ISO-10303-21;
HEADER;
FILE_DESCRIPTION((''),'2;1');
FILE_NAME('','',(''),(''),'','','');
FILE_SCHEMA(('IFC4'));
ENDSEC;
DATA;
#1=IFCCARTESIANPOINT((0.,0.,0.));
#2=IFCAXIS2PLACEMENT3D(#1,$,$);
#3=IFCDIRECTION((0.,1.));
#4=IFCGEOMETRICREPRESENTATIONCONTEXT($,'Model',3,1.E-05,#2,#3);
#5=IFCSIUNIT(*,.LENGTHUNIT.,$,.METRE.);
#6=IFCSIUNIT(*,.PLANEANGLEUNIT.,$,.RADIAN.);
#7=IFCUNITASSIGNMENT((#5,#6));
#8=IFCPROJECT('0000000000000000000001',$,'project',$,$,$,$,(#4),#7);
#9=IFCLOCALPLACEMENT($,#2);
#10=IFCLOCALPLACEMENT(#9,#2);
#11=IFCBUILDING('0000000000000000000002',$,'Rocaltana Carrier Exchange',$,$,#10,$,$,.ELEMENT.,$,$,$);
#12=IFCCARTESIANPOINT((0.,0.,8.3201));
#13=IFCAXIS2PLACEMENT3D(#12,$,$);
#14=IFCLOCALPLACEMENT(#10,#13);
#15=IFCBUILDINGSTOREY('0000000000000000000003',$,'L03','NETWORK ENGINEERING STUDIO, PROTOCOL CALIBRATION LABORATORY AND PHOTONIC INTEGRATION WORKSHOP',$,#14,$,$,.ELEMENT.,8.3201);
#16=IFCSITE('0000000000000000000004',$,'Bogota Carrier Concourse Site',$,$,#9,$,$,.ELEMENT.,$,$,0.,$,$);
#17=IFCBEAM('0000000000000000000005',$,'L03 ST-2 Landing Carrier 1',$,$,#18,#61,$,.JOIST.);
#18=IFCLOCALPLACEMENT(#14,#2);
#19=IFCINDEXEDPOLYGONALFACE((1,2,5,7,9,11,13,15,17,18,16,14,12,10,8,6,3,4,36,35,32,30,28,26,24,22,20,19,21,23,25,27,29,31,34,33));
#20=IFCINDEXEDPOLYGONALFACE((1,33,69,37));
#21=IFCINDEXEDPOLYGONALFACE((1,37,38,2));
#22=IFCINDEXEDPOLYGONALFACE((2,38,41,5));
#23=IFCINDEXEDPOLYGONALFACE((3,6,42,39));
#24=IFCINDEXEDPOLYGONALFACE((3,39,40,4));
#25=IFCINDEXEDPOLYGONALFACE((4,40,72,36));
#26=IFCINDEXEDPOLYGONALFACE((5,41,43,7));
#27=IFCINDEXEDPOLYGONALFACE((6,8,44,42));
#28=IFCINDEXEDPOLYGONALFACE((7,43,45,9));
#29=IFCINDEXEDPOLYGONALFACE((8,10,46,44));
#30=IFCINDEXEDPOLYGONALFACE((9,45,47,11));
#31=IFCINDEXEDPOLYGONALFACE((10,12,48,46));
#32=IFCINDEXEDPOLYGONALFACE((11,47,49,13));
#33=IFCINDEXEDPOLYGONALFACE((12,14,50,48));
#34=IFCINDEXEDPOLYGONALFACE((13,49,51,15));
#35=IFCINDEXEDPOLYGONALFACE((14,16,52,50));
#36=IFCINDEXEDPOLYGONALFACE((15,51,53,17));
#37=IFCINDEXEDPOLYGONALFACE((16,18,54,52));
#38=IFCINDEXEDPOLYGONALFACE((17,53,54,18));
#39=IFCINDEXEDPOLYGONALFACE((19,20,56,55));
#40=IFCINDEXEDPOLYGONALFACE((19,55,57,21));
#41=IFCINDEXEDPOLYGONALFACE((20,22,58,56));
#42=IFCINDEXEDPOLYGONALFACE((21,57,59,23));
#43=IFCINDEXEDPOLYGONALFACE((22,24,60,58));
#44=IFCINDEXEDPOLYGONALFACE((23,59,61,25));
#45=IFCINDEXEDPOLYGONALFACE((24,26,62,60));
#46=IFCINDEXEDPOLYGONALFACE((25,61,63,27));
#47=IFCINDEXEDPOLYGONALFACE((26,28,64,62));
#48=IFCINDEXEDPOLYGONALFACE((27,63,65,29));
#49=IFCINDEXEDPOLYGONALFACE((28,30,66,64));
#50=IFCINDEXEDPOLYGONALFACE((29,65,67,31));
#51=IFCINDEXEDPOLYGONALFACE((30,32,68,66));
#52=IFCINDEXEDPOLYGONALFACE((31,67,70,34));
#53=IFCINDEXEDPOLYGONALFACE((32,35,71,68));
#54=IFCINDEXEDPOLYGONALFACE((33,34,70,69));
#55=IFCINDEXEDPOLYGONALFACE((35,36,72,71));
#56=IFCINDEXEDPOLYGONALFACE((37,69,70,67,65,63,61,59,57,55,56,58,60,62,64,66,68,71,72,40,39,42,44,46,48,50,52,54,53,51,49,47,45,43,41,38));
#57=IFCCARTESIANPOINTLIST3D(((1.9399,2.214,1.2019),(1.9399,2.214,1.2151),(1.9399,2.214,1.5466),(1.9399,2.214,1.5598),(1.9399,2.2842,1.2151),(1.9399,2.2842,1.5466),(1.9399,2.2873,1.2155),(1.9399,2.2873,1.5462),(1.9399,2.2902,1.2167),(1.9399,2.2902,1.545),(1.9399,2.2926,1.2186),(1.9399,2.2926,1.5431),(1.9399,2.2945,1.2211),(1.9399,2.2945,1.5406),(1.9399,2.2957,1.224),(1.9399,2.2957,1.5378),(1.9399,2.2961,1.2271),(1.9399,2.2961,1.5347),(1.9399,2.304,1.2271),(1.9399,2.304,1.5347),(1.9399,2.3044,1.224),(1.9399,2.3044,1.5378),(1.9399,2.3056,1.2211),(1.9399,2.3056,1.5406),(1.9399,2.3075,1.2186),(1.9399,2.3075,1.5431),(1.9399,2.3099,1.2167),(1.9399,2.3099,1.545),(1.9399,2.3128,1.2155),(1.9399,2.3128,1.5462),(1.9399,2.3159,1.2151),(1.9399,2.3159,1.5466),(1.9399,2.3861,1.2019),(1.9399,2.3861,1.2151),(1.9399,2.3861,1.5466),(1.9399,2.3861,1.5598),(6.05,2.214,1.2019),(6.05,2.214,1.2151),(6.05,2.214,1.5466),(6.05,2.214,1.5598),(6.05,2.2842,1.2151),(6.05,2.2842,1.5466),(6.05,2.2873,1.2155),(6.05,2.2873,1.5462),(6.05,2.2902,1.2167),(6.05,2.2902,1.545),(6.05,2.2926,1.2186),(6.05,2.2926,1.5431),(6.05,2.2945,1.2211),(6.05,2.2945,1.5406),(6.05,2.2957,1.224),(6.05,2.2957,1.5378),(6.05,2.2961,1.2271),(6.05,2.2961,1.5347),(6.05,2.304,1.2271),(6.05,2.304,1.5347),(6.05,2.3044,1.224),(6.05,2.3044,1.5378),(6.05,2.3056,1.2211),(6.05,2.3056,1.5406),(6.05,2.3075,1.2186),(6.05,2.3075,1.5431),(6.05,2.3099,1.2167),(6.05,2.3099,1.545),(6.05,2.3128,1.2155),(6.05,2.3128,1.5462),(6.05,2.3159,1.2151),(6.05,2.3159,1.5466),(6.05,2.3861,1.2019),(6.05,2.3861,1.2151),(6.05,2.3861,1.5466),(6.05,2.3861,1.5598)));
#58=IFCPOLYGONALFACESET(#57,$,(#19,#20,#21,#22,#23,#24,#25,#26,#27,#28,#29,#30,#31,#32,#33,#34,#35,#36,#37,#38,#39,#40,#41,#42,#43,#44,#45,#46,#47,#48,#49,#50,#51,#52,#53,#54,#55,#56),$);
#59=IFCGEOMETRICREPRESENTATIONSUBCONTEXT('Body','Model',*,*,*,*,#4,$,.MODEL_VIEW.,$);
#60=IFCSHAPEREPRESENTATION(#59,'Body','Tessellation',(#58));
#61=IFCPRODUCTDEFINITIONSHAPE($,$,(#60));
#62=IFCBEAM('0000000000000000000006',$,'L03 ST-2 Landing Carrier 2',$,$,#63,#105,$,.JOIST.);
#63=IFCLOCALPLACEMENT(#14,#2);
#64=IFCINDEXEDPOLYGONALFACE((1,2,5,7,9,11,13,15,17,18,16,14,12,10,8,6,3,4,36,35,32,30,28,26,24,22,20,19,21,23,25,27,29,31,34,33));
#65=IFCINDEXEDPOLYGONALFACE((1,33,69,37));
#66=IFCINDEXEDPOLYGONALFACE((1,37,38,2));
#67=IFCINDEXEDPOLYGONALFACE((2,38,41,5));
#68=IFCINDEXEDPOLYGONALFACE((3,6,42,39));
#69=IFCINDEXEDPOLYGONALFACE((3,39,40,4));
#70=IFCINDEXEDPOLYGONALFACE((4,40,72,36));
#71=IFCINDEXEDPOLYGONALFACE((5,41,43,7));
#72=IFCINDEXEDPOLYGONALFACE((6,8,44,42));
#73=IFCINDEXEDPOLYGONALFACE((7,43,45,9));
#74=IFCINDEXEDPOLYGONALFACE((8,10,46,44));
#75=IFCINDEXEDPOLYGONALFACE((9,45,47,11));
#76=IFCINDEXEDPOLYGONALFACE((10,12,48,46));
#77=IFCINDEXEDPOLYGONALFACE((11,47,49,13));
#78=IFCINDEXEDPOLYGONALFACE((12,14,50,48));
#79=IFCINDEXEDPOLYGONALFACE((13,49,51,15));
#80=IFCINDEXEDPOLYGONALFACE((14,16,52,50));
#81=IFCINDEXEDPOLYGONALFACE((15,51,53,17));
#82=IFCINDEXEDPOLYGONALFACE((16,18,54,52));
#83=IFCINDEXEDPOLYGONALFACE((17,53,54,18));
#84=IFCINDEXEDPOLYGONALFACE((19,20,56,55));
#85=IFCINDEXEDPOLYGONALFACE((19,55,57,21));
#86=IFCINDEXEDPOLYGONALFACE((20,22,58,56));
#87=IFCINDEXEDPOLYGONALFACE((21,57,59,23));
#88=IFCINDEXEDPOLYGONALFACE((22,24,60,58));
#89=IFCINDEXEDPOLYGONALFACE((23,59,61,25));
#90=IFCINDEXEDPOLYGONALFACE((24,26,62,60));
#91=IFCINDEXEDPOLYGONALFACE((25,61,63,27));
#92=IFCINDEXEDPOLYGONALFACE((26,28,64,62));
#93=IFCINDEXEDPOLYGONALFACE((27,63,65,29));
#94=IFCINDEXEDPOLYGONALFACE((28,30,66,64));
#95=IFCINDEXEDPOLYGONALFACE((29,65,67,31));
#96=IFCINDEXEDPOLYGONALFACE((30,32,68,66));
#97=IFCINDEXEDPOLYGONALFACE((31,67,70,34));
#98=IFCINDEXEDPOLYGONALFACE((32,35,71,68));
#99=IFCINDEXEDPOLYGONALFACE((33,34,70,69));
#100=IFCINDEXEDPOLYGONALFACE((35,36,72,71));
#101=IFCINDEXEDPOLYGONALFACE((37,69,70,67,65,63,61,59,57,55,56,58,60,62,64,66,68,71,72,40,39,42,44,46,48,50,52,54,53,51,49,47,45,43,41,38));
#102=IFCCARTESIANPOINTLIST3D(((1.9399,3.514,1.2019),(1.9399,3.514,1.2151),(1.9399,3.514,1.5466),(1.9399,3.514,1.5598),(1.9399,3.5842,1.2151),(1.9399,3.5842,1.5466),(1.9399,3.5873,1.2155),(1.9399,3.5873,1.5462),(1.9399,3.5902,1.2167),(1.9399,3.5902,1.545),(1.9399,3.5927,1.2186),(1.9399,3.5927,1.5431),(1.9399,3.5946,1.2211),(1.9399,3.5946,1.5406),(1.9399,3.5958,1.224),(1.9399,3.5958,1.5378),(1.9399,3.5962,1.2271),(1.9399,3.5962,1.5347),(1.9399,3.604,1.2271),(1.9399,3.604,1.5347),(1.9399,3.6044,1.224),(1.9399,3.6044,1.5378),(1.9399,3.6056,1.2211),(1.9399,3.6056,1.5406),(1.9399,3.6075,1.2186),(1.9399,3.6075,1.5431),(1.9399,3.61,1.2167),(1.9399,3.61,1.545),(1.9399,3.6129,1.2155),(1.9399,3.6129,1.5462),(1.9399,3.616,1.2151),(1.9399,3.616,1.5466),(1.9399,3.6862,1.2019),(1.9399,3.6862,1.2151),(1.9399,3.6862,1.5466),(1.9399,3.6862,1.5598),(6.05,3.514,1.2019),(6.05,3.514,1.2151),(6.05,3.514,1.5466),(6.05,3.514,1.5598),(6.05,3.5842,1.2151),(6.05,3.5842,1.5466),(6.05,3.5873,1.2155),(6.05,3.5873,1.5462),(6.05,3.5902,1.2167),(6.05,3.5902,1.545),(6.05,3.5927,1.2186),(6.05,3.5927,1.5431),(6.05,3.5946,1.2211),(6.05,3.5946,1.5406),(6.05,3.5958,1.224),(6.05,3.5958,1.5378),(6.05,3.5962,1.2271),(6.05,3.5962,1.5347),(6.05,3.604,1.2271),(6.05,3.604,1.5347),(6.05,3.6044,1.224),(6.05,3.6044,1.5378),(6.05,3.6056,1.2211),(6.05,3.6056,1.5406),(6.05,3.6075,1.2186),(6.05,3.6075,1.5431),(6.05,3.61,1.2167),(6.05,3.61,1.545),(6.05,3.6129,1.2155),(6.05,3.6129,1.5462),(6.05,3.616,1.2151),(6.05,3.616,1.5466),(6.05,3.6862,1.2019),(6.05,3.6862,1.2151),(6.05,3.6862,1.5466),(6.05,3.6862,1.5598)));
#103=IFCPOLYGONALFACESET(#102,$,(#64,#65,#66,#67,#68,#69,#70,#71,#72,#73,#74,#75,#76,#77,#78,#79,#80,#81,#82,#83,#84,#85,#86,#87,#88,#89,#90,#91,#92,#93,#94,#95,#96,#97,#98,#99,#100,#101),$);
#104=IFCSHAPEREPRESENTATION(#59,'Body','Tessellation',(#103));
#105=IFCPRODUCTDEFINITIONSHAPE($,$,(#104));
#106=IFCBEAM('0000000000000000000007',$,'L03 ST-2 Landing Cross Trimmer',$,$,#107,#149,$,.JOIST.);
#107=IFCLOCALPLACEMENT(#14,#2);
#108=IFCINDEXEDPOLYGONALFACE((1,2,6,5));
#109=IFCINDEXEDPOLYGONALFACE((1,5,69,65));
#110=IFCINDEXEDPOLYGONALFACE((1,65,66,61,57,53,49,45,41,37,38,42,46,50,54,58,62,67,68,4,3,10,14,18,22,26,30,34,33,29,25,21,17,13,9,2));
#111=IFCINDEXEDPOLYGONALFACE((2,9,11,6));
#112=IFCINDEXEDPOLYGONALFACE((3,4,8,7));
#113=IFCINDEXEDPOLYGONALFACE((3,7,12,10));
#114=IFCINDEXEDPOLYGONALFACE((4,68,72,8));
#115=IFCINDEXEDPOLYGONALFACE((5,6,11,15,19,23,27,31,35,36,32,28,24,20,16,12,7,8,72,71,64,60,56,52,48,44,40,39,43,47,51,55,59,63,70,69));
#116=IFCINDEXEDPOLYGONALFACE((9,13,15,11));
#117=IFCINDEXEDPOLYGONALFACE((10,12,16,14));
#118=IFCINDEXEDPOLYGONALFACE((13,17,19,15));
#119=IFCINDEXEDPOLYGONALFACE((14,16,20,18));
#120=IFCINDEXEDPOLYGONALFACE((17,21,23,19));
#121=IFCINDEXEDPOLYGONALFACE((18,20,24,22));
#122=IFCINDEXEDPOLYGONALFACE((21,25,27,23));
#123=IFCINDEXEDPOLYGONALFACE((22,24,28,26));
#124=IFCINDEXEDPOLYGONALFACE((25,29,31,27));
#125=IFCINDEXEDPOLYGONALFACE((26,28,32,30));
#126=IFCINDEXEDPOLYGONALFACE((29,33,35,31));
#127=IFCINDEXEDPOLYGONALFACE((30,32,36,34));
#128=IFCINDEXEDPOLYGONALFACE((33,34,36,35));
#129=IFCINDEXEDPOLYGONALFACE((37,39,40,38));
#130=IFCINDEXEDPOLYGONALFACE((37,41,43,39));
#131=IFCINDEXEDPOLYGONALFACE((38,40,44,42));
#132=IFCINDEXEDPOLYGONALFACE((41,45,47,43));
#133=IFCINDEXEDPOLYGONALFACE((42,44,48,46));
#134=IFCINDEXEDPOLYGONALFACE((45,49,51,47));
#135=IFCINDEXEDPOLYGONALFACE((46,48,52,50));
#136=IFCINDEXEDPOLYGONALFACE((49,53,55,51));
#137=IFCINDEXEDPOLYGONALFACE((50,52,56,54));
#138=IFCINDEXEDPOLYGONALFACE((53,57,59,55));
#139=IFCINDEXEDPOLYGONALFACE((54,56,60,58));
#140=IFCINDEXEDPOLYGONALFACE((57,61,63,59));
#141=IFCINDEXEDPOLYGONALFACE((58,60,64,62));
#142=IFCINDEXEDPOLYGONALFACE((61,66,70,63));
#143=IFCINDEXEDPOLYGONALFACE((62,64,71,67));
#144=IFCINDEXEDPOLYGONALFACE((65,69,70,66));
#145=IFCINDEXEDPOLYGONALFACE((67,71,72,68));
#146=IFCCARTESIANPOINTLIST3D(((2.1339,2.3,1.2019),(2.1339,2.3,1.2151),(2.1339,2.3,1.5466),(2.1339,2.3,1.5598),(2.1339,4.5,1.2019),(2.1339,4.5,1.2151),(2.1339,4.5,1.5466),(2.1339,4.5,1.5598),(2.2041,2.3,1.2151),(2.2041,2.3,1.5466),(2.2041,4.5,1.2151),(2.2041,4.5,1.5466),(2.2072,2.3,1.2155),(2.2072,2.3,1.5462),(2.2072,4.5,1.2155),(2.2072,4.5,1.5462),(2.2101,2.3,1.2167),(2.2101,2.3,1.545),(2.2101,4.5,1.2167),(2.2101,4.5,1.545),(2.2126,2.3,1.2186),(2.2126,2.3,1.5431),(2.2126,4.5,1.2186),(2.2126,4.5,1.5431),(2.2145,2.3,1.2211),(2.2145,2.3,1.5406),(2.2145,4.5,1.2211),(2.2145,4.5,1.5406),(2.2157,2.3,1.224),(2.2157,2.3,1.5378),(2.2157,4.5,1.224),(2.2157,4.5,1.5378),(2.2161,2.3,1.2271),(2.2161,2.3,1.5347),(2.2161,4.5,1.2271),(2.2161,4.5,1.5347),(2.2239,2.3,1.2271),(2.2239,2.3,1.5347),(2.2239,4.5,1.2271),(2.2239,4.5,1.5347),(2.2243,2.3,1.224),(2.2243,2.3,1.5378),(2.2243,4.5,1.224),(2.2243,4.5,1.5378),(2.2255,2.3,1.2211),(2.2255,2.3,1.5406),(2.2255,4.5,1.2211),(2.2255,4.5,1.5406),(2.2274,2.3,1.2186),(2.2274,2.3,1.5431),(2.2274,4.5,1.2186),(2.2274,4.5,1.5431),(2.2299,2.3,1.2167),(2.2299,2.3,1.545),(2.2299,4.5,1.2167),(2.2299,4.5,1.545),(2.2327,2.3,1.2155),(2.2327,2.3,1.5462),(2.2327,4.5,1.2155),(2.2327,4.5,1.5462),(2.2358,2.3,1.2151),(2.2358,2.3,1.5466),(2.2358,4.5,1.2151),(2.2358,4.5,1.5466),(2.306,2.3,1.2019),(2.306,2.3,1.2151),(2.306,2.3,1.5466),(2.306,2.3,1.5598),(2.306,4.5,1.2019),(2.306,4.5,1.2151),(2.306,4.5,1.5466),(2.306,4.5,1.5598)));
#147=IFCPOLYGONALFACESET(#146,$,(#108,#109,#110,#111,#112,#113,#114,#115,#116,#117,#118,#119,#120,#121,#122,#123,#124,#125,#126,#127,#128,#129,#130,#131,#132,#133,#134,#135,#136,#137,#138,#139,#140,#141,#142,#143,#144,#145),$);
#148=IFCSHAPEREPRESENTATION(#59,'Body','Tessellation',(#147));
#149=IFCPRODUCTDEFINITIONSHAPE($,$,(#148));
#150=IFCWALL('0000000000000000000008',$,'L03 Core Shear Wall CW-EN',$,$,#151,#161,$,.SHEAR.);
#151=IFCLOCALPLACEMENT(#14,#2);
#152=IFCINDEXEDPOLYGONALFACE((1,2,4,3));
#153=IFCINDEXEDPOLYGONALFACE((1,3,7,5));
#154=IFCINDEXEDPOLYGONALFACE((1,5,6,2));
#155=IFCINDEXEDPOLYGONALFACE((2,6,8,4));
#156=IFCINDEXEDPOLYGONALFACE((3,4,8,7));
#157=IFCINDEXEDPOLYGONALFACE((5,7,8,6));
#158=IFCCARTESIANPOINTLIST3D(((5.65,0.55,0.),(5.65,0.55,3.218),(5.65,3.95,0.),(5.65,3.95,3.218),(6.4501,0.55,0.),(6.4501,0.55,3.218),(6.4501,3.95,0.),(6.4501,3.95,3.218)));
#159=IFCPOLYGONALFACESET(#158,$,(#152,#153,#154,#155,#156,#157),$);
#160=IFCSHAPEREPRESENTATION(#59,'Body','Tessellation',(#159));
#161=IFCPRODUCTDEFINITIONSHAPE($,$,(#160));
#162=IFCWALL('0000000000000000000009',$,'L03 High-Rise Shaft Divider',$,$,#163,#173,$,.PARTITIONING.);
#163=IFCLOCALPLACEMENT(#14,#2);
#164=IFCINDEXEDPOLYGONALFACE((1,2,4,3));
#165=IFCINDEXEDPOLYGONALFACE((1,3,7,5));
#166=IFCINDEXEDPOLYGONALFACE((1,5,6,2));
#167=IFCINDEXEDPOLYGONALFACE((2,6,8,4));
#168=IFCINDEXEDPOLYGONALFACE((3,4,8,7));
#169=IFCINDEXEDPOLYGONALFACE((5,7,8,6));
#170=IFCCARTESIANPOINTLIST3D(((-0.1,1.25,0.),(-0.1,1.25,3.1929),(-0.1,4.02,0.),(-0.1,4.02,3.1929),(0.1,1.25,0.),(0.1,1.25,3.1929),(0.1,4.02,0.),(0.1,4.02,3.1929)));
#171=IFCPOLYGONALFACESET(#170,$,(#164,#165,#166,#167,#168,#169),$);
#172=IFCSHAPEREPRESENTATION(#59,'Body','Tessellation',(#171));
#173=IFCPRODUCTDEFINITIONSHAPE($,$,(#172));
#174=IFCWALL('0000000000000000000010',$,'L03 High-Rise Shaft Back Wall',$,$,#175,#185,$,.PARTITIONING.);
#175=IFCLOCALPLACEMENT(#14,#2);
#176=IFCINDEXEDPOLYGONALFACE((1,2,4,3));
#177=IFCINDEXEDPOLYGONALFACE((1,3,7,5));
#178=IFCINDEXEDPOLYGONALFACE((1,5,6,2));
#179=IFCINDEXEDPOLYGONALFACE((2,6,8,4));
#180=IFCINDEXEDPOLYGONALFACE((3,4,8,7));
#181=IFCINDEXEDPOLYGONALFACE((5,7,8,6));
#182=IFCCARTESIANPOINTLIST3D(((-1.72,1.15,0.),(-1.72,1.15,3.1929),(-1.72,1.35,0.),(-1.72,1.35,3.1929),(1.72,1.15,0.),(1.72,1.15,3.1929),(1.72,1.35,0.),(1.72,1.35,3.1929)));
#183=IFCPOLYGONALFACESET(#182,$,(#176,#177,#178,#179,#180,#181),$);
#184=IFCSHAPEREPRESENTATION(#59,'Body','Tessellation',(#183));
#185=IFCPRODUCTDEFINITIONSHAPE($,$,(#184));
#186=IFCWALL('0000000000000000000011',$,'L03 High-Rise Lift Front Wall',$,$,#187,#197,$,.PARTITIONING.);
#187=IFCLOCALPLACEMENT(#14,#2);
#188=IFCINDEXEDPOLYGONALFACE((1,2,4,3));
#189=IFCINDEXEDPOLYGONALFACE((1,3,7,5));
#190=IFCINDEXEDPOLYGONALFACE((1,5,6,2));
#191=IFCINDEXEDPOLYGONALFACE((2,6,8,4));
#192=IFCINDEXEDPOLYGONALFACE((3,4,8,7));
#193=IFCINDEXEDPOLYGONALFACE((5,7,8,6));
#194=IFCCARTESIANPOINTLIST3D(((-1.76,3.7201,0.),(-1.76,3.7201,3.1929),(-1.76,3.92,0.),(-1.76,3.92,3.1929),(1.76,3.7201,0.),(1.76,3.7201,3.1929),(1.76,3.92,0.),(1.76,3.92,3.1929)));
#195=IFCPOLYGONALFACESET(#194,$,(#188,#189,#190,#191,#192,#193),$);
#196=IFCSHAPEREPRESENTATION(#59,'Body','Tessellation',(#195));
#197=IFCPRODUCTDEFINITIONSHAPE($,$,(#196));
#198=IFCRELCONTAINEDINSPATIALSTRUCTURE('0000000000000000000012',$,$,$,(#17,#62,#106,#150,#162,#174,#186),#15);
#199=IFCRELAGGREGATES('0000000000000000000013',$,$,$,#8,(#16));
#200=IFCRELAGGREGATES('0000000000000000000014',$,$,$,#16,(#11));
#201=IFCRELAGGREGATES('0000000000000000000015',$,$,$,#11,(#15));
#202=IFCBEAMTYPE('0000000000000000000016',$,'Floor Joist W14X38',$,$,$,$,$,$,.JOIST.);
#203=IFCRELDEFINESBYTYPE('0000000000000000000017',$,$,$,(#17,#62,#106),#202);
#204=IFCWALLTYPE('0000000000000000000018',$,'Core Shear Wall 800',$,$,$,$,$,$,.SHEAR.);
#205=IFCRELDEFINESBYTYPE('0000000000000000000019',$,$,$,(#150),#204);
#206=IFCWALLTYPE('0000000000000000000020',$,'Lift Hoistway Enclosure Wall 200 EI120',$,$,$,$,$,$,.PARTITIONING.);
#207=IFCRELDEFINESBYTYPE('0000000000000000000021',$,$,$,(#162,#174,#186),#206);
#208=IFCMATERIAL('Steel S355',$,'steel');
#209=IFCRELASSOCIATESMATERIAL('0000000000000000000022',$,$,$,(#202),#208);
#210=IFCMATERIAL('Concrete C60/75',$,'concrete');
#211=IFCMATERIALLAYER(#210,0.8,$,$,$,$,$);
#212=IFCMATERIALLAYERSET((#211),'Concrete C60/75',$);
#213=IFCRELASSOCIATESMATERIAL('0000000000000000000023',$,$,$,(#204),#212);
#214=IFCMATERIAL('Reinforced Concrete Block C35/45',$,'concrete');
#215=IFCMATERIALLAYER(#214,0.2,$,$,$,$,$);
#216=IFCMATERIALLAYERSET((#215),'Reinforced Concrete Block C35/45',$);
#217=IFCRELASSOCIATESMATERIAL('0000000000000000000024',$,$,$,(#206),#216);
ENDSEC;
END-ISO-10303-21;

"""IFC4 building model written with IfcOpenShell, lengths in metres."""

from ifc_helpers import new_model, si_unit, direction, frame, frame_2d, origin, origin_2d, place, context, subcontext, project, spatial, rectangle, i_section, extrude, material, layer, layer_set, material_profile, profile_set, type_object, element, save


model = new_model("IFC4")

# Units and contexts
model_context = context("Model", 3, precision=1e-05, world=origin(), true_north=direction((0.0, 1.0)))
body_context = subcontext(model_context, "Body", "Model", "MODEL_VIEW")
ifc_project = project(units=[si_unit("LENGTHUNIT", "METRE"), si_unit("PLANEANGLEUNIT", "RADIAN")], contexts=[model_context])

# Site, building, storey
site_placement = place(None, origin())
site = spatial("IfcSite", under=ifc_project, at=site_placement, Name="Bogota Carrier Concourse Site", CompositionType="ELEMENT", RefElevation=0.0)
building_placement = place(site_placement, origin())
building = spatial("IfcBuilding", under=site, at=building_placement, Name="Rocaltana Carrier Exchange", CompositionType="ELEMENT")
storey_placement = place(building_placement, frame((0.0, 0.0, 8.3201)))
storey = spatial("IfcBuildingStorey", under=building, at=storey_placement, Name="L03", Description="NETWORK ENGINEERING STUDIO, PROTOCOL CALIBRATION LABORATORY AND PHOTONIC INTEGRATION WORKSHOP", CompositionType="ELEMENT", Elevation=8.3201)

# Beams
ifc_material_1 = material(Name="Steel S355", Category="steel")
ifc_material_profile = material_profile(ifc_material_1, i_section(OverallWidth=0.1721, OverallDepth=0.3579, WebThickness=0.0078, FlangeThickness=0.0132, FilletRadius=0.012, at=origin_2d()), Name="W14X38")
ifc_profile_set = profile_set([ifc_material_profile], Name="Steel S355")
beam_type = type_object("IfcBeamType", Name="Floor Joist W14X38", PredefinedType="JOIST", material=ifc_profile_set)
for number, where, z_axis, x_axis, name in (
    (1, (1.9399, 2.3, 1.3809), (1.0, 0.0, 0.0), (0.0, 1.0, 0.0), "L03 ST-2 Landing Carrier 1"),
    (2, (1.9399, 3.6001, 1.3809), (1.0, 0.0, 0.0), (0.0, 1.0, 0.0), "L03 ST-2 Landing Carrier 2"),
):
    element("IfcBeam", number, at=place(storey_placement, frame(where, z_axis=z_axis, x_axis=x_axis)), inside=storey, type_object=beam_type, Name=name, PredefinedType="JOIST", context=body_context, shape_type="SweptSolid", body=[
        extrude(i_section(OverallWidth=0.1721, OverallDepth=0.3579, WebThickness=0.0078, FlangeThickness=0.0132, FilletRadius=0.012, at=origin_2d()), origin(), (0.0, 0.0, 1.0), 4.1101),
    ])
beam_placement = place(storey_placement, frame((2.22, 2.3, 1.3809), z_axis=(0.0, 1.0, 0.0), x_axis=(-1.0, 0.0, 0.0)))
element("IfcBeam", 3, at=beam_placement, inside=storey, type_object=beam_type, Name="L03 ST-2 Landing Cross Trimmer", PredefinedType="JOIST", context=body_context, shape_type="SweptSolid", body=[
    extrude(i_section(OverallWidth=0.1721, OverallDepth=0.3579, WebThickness=0.0078, FlangeThickness=0.0132, FilletRadius=0.012, at=origin_2d()), origin(), (0.0, 0.0, 1.0), 2.2),
])

# Walls
ifc_material_2 = material(Name="Concrete C60/75", Category="concrete")
ifc_layer_1 = layer(ifc_material_2, 0.8)
ifc_layer_set_1 = layer_set([ifc_layer_1], Name="Concrete C60/75")
wall_type_1 = type_object("IfcWallType", Name="Core Shear Wall 800", PredefinedType="SHEAR", material=ifc_layer_set_1)
wall_1_placement = place(storey_placement, frame((6.05, 0.55, 0.0), z_axis=(0.0, 0.0, 1.0), x_axis=(0.0, 1.0, 0.0)))
element("IfcWall", 4, at=wall_1_placement, inside=storey, type_object=wall_type_1, Name="L03 Core Shear Wall CW-EN", PredefinedType="SHEAR", context=body_context, shape_type="SweptSolid", body=[
    extrude(rectangle(XDim=3.3999, YDim=0.8, at=frame_2d((1.7, 0.0))), origin(), (0.0, 0.0, 1.0), 3.218),
])
ifc_material_3 = material(Name="Reinforced Concrete Block C35/45", Category="concrete")
ifc_layer_2 = layer(ifc_material_3, 0.2)
ifc_layer_set_2 = layer_set([ifc_layer_2], Name="Reinforced Concrete Block C35/45")
wall_type_2 = type_object("IfcWallType", Name="Lift Hoistway Enclosure Wall 200 EI120", PredefinedType="PARTITIONING", material=ifc_layer_set_2)
wall_2_placement = place(storey_placement, frame((0.0, 1.25, 0.0), z_axis=(0.0, 0.0, 1.0), x_axis=(0.0, 1.0, 0.0)))
element("IfcWall", 5, at=wall_2_placement, inside=storey, type_object=wall_type_2, Name="L03 High-Rise Shaft Divider", PredefinedType="PARTITIONING", context=body_context, shape_type="SweptSolid", body=[
    extrude(rectangle(XDim=2.77, YDim=0.2, at=frame_2d((1.385, 0.0))), origin(), (0.0, 0.0, 1.0), 3.1929),
])
wall_3_placement = place(storey_placement, frame((-1.72, 1.25, 0.0), z_axis=(0.0, 0.0, 1.0), x_axis=(1.0, 0.0, 0.0)))
element("IfcWall", 6, at=wall_3_placement, inside=storey, type_object=wall_type_2, Name="L03 High-Rise Shaft Back Wall", PredefinedType="PARTITIONING", context=body_context, shape_type="SweptSolid", body=[
    extrude(rectangle(XDim=3.4399, YDim=0.2, at=frame_2d((1.72, 0.0))), origin(), (0.0, 0.0, 1.0), 3.1929),
])
wall_4_placement = place(storey_placement, frame((-1.76, 3.8201, 0.0), z_axis=(0.0, 0.0, 1.0), x_axis=(1.0, 0.0, 0.0)))
element("IfcWall", 7, at=wall_4_placement, inside=storey, type_object=wall_type_2, Name="L03 High-Rise Lift Front Wall", PredefinedType="PARTITIONING", context=body_context, shape_type="SweptSolid", body=[
    extrude(rectangle(XDim=3.52, YDim=0.2, at=frame_2d((1.76, 0.0))), origin(), (0.0, 0.0, 1.0), 3.1929),
])

save(model, "model.ifc")
